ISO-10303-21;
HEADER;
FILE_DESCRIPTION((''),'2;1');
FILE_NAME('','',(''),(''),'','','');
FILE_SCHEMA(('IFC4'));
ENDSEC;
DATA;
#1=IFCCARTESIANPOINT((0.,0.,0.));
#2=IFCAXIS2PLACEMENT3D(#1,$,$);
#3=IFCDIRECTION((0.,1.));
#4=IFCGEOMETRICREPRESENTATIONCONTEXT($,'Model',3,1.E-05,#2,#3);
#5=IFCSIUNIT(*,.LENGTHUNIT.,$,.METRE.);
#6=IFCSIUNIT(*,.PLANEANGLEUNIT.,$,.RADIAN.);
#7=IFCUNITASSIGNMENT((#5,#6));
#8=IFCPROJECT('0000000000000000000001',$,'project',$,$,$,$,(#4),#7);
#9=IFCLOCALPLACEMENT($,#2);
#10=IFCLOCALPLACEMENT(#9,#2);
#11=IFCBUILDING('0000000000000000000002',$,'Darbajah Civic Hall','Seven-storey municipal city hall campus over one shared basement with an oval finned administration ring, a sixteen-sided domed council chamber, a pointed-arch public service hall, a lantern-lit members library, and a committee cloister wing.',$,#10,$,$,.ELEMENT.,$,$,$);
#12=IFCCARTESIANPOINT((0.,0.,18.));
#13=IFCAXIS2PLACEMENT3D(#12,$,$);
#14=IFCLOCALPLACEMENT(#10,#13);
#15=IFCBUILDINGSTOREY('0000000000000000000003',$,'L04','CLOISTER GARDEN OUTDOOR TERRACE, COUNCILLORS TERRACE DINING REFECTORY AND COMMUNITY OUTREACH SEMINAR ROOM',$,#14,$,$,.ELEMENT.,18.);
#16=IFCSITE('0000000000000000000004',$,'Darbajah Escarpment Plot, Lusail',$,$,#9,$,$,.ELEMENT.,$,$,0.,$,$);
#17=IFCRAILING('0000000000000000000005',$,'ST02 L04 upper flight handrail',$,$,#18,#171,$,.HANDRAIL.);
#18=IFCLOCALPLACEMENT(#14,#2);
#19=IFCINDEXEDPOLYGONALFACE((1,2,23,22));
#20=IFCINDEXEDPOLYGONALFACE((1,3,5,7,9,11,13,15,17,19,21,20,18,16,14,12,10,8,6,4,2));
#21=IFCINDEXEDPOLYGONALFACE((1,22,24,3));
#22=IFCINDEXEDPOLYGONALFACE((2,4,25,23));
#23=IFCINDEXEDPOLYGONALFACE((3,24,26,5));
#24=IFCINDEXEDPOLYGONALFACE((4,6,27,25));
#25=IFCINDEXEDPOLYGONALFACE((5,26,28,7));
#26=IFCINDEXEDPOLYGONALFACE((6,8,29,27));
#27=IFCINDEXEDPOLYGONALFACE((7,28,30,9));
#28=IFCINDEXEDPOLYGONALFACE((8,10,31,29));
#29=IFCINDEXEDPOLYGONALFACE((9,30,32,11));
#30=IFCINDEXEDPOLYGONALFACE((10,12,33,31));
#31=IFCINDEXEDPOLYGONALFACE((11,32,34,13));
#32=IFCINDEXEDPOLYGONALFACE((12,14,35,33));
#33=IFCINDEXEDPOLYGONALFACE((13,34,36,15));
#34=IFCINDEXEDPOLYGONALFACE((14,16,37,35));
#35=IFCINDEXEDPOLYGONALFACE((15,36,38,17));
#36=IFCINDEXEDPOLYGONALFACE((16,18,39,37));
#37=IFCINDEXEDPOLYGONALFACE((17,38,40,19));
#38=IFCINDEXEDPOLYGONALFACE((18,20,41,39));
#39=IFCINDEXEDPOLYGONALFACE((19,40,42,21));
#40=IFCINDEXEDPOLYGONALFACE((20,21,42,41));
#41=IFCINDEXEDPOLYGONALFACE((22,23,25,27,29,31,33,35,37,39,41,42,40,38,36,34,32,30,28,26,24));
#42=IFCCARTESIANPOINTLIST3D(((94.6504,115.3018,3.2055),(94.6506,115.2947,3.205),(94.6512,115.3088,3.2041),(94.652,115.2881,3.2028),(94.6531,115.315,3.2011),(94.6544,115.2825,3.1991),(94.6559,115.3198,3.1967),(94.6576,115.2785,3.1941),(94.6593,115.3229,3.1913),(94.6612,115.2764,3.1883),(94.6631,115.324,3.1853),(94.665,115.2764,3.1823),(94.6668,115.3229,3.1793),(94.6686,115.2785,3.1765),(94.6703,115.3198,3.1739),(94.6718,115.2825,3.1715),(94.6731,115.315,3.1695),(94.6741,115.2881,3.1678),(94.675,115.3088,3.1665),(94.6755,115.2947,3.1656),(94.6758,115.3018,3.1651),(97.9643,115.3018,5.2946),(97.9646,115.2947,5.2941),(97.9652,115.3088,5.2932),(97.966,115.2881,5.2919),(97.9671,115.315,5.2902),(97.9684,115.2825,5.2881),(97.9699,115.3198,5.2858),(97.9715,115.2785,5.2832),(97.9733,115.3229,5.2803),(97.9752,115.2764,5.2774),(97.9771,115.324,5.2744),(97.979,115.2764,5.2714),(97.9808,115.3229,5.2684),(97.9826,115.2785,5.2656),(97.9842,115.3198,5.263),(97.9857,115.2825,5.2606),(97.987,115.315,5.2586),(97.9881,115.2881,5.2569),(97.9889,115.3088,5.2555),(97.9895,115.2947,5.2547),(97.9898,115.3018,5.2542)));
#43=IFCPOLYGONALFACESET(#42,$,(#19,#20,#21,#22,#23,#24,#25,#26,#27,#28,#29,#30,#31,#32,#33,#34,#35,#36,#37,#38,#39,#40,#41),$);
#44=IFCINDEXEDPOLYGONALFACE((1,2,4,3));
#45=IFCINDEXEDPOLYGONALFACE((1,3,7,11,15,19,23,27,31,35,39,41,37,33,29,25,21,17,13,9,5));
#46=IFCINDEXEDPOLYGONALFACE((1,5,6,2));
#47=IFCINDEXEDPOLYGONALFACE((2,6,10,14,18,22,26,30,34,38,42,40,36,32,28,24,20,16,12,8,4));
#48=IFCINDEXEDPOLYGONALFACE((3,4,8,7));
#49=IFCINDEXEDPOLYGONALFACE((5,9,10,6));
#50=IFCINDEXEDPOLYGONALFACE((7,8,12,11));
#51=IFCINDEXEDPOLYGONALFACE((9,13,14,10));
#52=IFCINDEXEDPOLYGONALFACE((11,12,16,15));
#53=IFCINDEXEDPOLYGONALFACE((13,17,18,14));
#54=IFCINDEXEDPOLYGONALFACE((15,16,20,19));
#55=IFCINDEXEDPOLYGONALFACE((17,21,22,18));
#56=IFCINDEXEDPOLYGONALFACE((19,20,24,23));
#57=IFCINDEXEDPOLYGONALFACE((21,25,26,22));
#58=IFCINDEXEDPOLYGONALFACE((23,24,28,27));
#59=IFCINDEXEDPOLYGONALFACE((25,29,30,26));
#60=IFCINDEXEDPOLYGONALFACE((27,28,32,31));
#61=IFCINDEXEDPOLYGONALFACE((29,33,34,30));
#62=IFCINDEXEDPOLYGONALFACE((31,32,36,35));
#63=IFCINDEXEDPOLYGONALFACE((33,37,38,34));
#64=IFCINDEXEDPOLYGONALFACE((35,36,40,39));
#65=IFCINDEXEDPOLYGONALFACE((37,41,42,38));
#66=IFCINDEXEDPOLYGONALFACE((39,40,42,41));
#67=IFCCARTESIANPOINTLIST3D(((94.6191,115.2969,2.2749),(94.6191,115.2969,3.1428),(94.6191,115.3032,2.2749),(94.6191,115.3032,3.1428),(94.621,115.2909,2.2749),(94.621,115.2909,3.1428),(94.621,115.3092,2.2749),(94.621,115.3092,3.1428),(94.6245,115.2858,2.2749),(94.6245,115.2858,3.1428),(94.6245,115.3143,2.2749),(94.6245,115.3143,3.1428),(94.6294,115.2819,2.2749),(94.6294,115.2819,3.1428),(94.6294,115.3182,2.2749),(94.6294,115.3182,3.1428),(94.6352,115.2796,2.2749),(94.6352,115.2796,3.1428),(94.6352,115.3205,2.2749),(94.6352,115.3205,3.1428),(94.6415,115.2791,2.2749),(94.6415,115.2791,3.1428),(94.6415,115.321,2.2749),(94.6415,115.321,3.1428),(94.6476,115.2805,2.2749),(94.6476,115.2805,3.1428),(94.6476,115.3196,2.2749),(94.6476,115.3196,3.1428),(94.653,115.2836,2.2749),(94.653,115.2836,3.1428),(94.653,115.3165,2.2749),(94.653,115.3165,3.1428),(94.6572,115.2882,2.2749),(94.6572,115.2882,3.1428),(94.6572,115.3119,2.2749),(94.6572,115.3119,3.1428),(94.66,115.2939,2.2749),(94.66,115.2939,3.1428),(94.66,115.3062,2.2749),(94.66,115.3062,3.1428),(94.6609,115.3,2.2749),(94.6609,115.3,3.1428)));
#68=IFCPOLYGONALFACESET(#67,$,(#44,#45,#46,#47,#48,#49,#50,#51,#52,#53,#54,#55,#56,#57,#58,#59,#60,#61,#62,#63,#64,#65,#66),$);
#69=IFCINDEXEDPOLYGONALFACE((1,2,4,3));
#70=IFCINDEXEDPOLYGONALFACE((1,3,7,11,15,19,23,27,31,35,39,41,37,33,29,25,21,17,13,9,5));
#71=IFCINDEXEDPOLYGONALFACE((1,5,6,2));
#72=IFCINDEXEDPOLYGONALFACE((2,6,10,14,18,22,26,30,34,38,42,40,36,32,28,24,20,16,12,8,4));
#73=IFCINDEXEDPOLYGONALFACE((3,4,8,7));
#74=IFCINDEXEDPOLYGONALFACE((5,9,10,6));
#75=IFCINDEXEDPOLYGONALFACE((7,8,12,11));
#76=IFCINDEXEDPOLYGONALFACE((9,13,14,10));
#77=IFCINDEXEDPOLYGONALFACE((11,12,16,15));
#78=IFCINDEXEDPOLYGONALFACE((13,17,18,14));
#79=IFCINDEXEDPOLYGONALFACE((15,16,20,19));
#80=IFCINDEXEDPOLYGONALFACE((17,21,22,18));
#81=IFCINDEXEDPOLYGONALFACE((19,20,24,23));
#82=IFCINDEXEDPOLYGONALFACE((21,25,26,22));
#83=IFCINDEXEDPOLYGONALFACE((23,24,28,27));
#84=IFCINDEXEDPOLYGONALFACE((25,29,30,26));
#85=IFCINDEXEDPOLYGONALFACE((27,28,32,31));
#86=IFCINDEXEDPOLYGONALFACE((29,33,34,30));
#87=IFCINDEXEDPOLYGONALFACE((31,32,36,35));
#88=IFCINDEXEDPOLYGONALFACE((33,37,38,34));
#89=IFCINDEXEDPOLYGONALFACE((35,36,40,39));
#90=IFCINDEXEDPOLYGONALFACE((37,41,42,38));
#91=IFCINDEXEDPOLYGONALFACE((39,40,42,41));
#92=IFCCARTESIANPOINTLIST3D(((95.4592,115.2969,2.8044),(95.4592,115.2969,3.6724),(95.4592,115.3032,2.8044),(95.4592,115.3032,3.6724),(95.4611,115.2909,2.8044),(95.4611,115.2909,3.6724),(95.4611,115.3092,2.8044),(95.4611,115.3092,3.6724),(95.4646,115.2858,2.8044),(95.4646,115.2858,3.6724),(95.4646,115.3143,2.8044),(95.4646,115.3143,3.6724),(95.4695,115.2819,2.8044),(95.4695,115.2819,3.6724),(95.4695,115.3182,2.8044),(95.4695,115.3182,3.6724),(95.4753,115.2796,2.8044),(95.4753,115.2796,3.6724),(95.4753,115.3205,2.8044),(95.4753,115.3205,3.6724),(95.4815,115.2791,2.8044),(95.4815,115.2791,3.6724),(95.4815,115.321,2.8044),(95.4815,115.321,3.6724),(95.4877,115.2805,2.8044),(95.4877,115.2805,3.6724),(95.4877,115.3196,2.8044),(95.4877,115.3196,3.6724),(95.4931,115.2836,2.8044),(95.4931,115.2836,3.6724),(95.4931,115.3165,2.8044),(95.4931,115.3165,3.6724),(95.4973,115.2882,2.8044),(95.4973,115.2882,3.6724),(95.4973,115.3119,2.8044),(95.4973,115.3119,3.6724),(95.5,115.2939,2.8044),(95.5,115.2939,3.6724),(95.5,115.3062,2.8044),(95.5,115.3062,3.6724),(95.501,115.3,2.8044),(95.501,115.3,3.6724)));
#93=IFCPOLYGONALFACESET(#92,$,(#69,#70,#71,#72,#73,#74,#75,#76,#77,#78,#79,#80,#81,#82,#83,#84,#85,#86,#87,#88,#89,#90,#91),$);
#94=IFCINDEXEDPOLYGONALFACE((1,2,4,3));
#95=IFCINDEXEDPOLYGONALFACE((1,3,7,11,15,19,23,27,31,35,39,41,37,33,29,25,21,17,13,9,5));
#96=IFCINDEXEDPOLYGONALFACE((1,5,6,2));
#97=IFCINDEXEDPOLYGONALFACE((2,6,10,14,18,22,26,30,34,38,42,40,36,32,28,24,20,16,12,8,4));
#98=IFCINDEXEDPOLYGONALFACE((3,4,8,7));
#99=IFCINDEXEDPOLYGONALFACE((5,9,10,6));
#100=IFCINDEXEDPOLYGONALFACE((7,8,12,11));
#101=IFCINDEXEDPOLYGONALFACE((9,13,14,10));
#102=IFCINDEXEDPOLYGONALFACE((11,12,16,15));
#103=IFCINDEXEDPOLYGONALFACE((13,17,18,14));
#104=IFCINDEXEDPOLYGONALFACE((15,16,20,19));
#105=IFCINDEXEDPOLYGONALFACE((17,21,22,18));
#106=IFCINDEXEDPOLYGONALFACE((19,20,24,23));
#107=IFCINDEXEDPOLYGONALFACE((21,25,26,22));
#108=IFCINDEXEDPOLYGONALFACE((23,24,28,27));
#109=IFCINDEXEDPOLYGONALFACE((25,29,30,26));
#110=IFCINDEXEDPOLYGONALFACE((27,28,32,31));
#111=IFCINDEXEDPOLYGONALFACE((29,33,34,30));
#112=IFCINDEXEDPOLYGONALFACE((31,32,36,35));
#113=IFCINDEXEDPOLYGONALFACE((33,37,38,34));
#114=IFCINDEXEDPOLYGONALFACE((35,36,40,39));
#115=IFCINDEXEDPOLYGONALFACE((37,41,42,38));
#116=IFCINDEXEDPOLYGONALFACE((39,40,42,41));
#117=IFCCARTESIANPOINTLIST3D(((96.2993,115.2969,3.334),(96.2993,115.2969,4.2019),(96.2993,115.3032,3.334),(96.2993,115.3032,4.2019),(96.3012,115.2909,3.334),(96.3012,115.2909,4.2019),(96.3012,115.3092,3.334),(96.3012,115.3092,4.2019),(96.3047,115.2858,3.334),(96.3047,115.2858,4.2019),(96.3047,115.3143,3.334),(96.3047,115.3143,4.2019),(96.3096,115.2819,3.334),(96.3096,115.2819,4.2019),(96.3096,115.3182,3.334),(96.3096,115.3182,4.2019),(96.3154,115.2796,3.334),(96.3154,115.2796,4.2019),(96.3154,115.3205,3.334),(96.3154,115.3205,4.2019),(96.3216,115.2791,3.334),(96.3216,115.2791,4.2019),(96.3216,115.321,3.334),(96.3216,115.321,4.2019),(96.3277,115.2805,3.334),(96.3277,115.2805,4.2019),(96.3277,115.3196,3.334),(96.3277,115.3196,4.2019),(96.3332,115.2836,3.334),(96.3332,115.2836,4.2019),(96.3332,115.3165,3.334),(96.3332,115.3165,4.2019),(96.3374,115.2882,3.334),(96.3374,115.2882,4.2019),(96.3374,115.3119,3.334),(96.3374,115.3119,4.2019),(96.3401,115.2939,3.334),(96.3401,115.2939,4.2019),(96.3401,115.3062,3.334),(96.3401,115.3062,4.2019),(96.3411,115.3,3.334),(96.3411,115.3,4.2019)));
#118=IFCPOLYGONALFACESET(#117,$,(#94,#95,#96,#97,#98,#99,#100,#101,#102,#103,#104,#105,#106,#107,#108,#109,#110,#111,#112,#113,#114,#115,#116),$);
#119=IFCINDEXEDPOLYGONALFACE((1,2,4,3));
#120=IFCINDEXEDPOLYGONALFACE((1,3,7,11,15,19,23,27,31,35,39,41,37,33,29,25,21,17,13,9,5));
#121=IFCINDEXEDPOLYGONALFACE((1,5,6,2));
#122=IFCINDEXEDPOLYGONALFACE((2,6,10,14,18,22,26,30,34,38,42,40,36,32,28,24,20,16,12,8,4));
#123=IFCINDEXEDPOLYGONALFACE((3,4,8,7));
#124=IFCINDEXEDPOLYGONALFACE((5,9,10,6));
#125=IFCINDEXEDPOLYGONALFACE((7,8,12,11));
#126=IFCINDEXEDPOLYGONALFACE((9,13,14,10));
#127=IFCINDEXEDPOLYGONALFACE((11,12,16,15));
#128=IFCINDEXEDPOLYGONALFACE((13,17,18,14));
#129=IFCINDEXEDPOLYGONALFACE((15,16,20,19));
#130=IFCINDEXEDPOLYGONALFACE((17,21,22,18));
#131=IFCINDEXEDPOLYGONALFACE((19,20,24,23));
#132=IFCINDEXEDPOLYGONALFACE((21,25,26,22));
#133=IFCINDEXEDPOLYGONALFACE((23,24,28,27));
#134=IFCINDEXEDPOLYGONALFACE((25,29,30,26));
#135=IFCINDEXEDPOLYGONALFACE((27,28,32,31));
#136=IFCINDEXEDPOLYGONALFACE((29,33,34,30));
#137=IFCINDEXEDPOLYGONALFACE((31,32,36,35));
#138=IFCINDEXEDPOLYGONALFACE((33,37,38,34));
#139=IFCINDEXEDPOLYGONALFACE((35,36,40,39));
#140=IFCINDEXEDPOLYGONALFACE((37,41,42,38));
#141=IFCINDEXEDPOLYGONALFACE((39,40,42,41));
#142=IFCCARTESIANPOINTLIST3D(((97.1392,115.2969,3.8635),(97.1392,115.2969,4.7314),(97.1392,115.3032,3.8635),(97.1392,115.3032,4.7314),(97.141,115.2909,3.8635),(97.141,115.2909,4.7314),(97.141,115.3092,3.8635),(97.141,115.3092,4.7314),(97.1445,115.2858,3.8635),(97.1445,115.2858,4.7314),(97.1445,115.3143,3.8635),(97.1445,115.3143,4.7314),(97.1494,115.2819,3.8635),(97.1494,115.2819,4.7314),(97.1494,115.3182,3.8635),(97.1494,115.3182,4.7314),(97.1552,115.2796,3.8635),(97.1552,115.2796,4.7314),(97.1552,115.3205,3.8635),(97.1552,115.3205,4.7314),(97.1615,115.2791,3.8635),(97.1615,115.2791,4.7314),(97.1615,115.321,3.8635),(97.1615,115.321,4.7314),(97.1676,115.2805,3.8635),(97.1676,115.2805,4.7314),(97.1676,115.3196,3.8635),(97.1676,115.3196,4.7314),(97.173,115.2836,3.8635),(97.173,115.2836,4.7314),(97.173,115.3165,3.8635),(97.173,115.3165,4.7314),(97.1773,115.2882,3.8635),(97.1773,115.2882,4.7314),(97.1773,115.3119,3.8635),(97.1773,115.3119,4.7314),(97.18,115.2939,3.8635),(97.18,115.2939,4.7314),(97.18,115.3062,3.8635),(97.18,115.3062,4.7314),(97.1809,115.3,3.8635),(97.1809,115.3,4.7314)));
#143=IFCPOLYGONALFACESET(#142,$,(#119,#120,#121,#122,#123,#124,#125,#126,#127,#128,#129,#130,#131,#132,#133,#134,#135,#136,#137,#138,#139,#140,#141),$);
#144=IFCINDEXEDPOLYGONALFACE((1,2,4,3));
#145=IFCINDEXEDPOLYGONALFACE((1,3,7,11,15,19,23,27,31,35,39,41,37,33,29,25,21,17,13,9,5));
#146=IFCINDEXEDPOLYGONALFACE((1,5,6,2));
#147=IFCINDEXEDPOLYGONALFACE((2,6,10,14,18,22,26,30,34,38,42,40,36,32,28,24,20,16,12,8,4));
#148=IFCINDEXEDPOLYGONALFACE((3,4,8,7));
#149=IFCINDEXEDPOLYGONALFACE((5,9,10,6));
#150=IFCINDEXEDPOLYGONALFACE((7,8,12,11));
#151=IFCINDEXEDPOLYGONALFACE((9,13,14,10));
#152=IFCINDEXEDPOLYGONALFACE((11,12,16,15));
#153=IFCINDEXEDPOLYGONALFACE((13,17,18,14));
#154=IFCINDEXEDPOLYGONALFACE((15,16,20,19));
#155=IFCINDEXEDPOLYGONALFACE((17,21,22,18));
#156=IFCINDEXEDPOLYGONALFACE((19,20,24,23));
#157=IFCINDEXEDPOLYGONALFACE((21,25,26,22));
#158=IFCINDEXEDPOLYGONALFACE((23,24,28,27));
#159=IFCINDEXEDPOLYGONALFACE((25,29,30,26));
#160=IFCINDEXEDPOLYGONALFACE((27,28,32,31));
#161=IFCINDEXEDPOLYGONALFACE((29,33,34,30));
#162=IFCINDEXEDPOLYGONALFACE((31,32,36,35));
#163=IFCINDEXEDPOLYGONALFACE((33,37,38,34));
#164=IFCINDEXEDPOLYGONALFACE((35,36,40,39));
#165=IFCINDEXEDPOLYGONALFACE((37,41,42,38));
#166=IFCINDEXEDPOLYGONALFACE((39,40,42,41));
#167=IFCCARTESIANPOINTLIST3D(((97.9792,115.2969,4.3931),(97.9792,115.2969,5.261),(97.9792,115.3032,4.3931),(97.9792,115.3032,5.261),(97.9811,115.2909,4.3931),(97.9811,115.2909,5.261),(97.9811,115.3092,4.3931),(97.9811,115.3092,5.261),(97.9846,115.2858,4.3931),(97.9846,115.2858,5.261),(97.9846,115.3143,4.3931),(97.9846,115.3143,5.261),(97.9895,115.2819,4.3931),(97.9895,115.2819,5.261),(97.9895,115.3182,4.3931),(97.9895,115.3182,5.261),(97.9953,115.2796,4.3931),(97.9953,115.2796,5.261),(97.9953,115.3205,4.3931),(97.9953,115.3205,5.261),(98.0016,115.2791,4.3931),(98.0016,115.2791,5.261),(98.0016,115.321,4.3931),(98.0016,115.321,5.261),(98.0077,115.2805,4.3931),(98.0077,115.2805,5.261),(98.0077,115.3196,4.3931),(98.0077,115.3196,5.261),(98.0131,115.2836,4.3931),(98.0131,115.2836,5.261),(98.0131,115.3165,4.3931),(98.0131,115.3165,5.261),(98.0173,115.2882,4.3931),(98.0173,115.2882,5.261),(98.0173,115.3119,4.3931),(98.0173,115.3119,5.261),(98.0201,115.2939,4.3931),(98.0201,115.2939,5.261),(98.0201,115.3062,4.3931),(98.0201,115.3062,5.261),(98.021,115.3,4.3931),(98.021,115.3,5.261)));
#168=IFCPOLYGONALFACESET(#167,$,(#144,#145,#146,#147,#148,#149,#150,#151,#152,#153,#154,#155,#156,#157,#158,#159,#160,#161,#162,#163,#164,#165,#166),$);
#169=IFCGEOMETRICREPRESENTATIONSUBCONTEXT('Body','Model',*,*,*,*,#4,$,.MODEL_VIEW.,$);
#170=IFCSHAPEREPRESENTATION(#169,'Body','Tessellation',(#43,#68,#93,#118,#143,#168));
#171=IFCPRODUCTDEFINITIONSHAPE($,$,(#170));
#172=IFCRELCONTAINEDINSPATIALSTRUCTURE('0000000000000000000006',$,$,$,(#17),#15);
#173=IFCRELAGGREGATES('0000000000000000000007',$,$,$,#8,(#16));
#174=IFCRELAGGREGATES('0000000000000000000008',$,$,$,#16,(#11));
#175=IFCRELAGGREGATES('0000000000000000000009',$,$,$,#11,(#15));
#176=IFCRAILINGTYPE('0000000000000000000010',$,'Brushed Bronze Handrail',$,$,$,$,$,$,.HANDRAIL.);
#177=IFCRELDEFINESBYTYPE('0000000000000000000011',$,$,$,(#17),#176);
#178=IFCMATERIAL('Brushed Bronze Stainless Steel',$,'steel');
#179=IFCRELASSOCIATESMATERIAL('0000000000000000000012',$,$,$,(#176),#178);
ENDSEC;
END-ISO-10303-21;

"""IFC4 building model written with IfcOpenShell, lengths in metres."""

from ifc_helpers import new_model, si_unit, direction, frame, origin, origin_2d, place, context, subcontext, project, spatial, circle, extrude, material, type_object, element, save


model = new_model("IFC4")

# Units and contexts
model_context = context("Model", 3, precision=1e-05, world=origin(), true_north=direction((0.0, 1.0)))
body_context = subcontext(model_context, "Body", "Model", "MODEL_VIEW")
ifc_project = project(units=[si_unit("LENGTHUNIT", "METRE"), si_unit("PLANEANGLEUNIT", "RADIAN")], contexts=[model_context])

# Site, building, storey
site_placement = place(None, origin())
site = spatial("IfcSite", under=ifc_project, at=site_placement, Name="Darbajah Escarpment Plot, Lusail", CompositionType="ELEMENT", RefElevation=0.0)
building_placement = place(site_placement, origin())
building = spatial("IfcBuilding", under=site, at=building_placement, Name="Darbajah Civic Hall", Description="Seven-storey municipal city hall campus over one shared basement with an oval finned administration ring, a sixteen-sided domed council chamber, a pointed-arch public service hall, a lantern-lit members library, and a committee cloister wing.", CompositionType="ELEMENT")
storey_placement = place(building_placement, frame((0.0, 0.0, 18.0)))
storey = spatial("IfcBuildingStorey", under=building, at=storey_placement, Name="L04", Description="CLOISTER GARDEN OUTDOOR TERRACE, COUNCILLORS TERRACE DINING REFECTORY AND COMMUNITY OUTREACH SEMINAR ROOM", CompositionType="ELEMENT", Elevation=18.0)

# Railing
ifc_material_1 = material(Name="Brushed Bronze Stainless Steel", Category="steel")
railing_type_1 = type_object("IfcRailingType", Name="Brushed Bronze Handrail", PredefinedType="HANDRAIL", material=ifc_material_1)
railing_1_placement = place(storey_placement, frame((94.6399, 115.3, 2.2749)))
element("IfcRailing", 1, at=railing_1_placement, inside=storey, type_object=railing_type_1, Name="ST02 L04 upper flight handrail", PredefinedType="HANDRAIL", context=body_context, shape_type="SweptSolid", body=[
    extrude(circle(Radius=0.0239, at=origin_2d()), frame((0.0232, 0.0, 0.9104), z_axis=(0.845944, 0.0, 0.533271), x_axis=(0.0, 1.0, 0.0)), (0.0, 0.0, 1.0), 3.9175),
    extrude(circle(Radius=0.021, at=origin_2d()), origin(), (0.0, 0.0, 1.0), 0.8679),
    extrude(circle(Radius=0.021, at=origin_2d()), frame((0.8401, 0.0, 0.5295)), (0.0, 0.0, 1.0), 0.8679),
    extrude(circle(Radius=0.021, at=origin_2d()), frame((1.6802, 0.0, 1.0591)), (0.0, 0.0, 1.0), 0.8679),
    extrude(circle(Radius=0.021, at=origin_2d()), frame((2.52, 0.0, 1.5886)), (0.0, 0.0, 1.0), 0.8679),
    extrude(circle(Radius=0.021, at=origin_2d()), frame((3.3601, 0.0, 2.1182)), (0.0, 0.0, 1.0), 0.8679),
])

save(model, "model.ifc")
